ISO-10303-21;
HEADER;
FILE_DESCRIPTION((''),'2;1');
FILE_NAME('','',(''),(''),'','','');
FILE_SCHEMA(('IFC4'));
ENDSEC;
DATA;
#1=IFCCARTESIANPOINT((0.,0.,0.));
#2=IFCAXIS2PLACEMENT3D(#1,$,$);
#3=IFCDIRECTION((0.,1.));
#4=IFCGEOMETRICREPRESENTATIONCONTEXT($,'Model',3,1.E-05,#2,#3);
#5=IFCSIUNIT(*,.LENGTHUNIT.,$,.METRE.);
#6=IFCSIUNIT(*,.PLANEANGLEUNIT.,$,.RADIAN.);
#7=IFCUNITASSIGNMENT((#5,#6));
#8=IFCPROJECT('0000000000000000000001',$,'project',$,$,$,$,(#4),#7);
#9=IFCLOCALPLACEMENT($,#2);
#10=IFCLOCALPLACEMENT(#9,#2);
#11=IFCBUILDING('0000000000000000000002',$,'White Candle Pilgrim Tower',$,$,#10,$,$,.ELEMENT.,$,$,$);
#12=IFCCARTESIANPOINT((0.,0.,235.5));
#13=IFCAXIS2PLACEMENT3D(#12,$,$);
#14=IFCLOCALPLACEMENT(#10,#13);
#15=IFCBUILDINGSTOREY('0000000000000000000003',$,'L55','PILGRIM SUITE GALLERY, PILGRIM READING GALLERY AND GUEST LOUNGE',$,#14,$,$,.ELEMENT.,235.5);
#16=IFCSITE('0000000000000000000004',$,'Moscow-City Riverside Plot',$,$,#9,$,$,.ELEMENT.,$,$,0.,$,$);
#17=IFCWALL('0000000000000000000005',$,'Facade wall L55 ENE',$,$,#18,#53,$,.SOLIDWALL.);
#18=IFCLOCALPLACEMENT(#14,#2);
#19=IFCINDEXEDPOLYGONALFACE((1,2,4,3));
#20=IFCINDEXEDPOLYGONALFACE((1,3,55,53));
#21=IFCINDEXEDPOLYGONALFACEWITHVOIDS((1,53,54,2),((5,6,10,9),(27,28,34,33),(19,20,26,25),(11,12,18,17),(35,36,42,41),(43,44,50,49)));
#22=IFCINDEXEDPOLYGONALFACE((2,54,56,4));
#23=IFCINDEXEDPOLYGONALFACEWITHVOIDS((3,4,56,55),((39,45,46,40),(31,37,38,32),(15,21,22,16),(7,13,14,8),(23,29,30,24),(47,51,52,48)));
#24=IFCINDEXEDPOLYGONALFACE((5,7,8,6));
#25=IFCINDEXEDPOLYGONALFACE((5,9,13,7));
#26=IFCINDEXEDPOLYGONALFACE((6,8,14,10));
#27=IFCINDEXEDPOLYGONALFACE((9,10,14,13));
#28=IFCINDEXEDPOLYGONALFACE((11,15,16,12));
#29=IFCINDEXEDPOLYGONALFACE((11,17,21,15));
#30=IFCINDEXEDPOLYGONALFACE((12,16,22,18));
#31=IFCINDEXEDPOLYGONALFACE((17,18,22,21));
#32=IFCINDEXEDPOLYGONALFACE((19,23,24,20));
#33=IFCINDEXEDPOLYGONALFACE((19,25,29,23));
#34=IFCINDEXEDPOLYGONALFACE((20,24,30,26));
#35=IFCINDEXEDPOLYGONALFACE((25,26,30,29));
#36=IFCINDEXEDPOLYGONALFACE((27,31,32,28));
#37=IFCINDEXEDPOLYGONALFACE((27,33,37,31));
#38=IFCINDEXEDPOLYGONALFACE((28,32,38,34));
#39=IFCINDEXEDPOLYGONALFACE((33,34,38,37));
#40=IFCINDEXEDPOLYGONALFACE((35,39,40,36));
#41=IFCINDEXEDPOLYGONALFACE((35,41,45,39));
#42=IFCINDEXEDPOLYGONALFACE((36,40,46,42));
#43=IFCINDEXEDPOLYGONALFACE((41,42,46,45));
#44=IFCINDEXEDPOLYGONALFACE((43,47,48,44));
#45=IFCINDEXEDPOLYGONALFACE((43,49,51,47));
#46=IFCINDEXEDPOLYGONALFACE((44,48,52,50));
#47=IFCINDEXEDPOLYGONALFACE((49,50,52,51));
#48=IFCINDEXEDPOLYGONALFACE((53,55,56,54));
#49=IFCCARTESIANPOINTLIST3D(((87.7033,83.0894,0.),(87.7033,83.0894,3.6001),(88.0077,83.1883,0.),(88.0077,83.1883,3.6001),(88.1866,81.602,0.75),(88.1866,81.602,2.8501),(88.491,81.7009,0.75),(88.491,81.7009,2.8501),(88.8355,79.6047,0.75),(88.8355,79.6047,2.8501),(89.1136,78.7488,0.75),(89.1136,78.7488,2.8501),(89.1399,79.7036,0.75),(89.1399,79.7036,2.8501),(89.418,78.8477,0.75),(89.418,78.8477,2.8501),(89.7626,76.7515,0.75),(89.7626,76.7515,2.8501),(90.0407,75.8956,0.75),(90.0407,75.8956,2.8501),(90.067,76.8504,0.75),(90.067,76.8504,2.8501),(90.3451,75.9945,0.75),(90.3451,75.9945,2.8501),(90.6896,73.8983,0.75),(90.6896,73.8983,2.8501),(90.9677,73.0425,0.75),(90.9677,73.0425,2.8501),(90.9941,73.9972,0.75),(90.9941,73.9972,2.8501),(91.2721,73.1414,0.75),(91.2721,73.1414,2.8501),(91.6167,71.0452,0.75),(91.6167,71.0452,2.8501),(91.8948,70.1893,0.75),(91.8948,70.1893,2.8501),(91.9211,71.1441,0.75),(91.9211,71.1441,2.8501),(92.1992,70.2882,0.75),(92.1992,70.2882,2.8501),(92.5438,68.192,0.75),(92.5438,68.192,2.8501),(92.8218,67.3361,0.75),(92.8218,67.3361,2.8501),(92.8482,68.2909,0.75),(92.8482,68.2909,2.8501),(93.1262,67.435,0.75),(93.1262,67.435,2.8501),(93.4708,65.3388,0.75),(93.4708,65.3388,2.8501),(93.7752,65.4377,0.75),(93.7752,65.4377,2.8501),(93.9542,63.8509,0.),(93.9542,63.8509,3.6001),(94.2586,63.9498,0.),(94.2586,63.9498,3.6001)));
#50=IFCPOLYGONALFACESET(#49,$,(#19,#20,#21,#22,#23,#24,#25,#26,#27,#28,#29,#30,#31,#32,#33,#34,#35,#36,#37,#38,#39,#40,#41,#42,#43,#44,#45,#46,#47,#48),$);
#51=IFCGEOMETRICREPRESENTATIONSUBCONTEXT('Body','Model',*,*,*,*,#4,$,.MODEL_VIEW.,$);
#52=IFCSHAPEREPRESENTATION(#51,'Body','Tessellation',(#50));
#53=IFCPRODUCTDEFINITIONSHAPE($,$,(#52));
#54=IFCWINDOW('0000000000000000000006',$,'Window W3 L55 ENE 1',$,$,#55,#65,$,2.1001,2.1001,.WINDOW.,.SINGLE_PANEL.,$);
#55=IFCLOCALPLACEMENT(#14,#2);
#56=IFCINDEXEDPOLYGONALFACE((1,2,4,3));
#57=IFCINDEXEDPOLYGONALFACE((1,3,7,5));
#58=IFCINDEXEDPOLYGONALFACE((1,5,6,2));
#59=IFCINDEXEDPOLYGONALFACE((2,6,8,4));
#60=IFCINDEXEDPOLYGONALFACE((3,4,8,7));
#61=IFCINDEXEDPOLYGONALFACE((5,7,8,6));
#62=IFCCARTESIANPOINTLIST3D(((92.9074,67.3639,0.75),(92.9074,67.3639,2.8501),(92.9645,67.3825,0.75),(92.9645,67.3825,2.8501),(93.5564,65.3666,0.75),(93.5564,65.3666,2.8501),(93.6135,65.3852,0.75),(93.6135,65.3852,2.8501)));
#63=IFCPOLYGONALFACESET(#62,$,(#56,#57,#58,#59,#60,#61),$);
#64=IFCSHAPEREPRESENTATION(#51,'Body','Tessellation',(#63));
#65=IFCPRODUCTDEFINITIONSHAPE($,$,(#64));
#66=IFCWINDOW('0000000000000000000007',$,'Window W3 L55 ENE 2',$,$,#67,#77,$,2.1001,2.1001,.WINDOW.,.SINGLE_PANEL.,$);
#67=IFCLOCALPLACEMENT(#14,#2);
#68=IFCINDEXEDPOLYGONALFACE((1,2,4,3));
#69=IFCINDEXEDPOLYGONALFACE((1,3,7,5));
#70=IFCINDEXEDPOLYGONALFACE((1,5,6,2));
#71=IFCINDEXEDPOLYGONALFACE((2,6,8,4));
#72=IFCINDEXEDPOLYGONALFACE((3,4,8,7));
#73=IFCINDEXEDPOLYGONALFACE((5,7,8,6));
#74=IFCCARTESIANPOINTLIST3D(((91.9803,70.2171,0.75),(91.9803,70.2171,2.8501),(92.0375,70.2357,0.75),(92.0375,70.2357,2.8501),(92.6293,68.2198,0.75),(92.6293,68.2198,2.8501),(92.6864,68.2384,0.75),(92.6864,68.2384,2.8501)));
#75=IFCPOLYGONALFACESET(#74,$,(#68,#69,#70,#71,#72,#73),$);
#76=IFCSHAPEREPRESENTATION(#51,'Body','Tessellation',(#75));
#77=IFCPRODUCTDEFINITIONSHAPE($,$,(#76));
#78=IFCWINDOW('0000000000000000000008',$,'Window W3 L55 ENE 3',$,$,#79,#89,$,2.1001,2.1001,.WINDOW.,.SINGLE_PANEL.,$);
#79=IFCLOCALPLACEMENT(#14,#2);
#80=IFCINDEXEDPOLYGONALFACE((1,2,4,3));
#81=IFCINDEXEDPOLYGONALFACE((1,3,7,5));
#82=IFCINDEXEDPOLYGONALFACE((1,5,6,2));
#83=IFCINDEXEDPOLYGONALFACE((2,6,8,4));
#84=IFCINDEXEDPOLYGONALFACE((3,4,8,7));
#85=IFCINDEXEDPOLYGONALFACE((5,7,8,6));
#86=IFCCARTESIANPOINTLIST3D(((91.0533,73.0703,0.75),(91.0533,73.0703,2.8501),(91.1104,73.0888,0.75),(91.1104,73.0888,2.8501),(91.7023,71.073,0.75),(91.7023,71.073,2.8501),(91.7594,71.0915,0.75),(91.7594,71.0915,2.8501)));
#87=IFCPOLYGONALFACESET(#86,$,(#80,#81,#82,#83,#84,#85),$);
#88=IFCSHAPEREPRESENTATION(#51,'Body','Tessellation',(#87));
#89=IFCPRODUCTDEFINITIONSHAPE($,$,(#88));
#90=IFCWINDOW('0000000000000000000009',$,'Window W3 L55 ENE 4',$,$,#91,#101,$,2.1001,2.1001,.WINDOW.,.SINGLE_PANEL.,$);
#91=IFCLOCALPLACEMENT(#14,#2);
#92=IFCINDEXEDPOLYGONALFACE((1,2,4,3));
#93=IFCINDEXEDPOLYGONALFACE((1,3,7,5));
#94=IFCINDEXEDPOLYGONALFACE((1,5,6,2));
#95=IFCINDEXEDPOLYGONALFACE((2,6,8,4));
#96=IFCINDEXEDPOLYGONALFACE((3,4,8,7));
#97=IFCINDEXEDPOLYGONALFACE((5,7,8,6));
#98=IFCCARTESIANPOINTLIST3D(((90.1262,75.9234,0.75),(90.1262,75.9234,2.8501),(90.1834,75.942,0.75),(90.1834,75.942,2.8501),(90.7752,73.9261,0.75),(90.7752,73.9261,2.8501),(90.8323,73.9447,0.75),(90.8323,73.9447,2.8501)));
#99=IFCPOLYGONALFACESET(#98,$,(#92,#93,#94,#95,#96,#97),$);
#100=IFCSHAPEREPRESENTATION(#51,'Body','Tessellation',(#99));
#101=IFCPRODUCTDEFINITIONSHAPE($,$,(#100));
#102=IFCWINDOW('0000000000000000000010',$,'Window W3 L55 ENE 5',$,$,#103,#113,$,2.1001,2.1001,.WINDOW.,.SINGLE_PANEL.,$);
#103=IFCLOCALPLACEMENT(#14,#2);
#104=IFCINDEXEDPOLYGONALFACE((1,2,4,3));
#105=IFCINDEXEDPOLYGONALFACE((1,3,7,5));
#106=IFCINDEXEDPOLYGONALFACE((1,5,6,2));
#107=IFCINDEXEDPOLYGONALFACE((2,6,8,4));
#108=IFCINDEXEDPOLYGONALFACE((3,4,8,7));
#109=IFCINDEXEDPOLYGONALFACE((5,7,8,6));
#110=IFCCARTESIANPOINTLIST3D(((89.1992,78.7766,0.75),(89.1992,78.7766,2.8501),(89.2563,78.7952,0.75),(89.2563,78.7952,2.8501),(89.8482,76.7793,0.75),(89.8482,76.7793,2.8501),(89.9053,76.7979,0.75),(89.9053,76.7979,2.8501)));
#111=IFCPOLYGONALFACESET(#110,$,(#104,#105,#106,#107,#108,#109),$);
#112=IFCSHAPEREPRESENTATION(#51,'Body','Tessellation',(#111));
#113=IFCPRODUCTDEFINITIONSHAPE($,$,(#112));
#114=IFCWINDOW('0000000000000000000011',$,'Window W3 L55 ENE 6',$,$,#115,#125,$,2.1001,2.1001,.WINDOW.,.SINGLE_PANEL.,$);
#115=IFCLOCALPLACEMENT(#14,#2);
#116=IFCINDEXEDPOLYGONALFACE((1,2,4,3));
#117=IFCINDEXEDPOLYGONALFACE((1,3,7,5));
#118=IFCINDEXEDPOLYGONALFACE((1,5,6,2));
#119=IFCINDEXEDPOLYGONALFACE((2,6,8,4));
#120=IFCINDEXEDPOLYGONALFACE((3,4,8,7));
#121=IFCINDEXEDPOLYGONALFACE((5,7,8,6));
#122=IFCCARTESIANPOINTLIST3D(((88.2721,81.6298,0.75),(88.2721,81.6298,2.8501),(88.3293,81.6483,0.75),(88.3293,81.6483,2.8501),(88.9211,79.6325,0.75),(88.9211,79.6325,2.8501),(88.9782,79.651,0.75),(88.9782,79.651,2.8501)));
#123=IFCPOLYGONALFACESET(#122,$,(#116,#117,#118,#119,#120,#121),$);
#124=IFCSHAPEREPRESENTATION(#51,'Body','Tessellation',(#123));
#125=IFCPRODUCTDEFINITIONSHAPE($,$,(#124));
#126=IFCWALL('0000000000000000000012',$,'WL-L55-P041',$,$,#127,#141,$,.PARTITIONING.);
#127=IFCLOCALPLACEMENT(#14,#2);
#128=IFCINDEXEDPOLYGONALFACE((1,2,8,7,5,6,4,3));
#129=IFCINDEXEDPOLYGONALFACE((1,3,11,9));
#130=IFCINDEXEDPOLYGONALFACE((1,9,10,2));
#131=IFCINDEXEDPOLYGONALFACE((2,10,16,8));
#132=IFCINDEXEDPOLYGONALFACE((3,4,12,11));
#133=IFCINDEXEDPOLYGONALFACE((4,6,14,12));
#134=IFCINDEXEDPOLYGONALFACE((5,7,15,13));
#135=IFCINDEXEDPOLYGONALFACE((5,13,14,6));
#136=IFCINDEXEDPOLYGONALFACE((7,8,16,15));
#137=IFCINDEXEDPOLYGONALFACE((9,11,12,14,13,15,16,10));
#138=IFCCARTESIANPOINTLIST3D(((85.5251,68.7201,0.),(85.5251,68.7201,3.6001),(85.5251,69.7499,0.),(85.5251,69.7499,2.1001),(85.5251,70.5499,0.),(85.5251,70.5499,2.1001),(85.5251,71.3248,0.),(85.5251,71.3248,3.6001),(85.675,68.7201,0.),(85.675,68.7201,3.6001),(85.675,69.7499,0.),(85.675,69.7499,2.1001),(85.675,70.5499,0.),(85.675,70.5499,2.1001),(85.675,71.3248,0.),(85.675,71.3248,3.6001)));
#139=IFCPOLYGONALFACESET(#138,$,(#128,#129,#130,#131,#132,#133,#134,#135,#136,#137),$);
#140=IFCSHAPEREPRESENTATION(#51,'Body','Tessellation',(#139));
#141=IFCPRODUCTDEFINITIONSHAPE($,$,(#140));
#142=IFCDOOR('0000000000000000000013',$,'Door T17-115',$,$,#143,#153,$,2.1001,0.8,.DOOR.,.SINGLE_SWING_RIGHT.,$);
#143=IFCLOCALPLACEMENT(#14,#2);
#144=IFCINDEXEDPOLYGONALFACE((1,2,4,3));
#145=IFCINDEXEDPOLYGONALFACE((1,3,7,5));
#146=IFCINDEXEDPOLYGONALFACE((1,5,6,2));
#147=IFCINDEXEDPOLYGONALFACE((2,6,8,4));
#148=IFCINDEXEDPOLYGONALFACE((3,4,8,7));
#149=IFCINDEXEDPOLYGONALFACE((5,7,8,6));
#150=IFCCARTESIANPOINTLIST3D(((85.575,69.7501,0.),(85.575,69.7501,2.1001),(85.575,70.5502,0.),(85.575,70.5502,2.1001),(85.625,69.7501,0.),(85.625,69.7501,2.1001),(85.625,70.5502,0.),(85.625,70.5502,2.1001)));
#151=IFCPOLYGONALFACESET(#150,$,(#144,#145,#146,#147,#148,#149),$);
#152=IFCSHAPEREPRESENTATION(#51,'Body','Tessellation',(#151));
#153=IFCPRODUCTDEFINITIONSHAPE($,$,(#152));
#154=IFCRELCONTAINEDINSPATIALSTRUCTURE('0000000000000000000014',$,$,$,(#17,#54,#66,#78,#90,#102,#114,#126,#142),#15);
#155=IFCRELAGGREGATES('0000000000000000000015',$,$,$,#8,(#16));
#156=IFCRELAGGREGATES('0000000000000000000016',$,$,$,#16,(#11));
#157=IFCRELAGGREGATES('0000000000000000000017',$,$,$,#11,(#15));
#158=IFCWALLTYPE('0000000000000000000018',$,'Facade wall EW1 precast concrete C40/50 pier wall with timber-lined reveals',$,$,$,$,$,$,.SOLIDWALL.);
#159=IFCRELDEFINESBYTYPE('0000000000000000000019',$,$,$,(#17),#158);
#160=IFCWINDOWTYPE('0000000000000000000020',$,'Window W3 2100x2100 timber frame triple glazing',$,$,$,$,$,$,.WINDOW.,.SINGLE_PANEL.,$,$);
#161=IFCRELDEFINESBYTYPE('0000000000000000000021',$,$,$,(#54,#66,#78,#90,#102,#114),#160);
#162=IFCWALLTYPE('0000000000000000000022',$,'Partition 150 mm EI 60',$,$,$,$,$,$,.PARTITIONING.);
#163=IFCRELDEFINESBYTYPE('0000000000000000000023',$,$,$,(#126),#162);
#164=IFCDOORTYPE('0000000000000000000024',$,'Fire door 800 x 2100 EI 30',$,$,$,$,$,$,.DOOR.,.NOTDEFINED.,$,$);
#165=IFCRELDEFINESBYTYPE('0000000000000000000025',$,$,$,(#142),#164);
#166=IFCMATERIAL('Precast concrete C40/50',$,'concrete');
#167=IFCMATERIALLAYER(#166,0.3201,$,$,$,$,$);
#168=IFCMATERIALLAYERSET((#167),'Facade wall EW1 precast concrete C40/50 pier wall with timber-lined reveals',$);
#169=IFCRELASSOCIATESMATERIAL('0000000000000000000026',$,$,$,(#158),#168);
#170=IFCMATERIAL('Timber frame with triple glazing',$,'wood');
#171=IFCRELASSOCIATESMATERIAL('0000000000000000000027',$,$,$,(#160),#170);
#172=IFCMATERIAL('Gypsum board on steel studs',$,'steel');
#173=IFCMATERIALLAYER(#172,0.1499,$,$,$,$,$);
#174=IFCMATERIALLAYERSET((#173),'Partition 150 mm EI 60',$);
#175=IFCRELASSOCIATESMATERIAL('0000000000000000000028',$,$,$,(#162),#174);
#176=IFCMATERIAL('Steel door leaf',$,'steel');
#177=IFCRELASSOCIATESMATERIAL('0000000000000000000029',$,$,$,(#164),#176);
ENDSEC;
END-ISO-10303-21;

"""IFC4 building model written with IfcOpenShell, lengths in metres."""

from ifc_helpers import new_model, si_unit, direction, frame, frame_2d, origin, place, context, subcontext, project, spatial, rectangle, extrude, material, layer, layer_set, type_object, element, fill, save


model = new_model("IFC4")

# Units and contexts
model_context = context("Model", 3, precision=1e-05, world=origin(), true_north=direction((0.0, 1.0)))
body_context = subcontext(model_context, "Body", "Model", "MODEL_VIEW")
ifc_project = project(units=[si_unit("LENGTHUNIT", "METRE"), si_unit("PLANEANGLEUNIT", "RADIAN")], contexts=[model_context])

# Site, building, storey
site_placement = place(None, origin())
site = spatial("IfcSite", under=ifc_project, at=site_placement, Name="Moscow-City Riverside Plot", CompositionType="ELEMENT", RefElevation=0.0)
building_placement = place(site_placement, origin())
building = spatial("IfcBuilding", under=site, at=building_placement, Name="White Candle Pilgrim Tower", CompositionType="ELEMENT")
storey_placement = place(building_placement, frame((0.0, 0.0, 235.5)))
storey = spatial("IfcBuildingStorey", under=building, at=storey_placement, Name="L55", Description="PILGRIM SUITE GALLERY, PILGRIM READING GALLERY AND GUEST LOUNGE", CompositionType="ELEMENT", Elevation=235.5)

# Shared definitions
ifc_material_1 = material(Name="Gypsum board on steel studs", Category="steel")
ifc_material_2 = material(Name="Steel door leaf", Category="steel")

# Wall, openings, windows
ifc_material_3 = material(Name="Precast concrete C40/50", Category="concrete")
ifc_layer_1 = layer(ifc_material_3, 0.3201)
ifc_layer_set_1 = layer_set([ifc_layer_1], Name="Facade wall EW1 precast concrete C40/50 pier wall with timber-lined reveals")
wall_type_1 = type_object("IfcWallType", Name="Facade wall EW1 precast concrete C40/50 pier wall with timber-lined reveals", PredefinedType="SOLIDWALL", material=ifc_layer_set_1)
wall_1_placement = place(storey_placement, frame((94.1064, 63.9004, 0.0), z_axis=(0.0, 0.0, 1.0), x_axis=(-0.309017, 0.951057, 0.0)))
wall_1 = element("IfcWall", 1, at=wall_1_placement, inside=storey, type_object=wall_type_1, Name="Facade wall L55 ENE", PredefinedType="SOLIDWALL", context=body_context, shape_type="SweptSolid", body=[
    extrude(rectangle(XDim=20.2285, YDim=0.3201, at=frame_2d((10.1143, 0.0))), origin(), (0.0, 0.0, 1.0), 3.6001),
])
opening_1_placement = place(wall_1_placement, frame((1.5645, 0.0, 0.75)))
opening_1 = element("IfcOpeningElement", 2, at=opening_1_placement, cuts=wall_1, PredefinedType="OPENING", context=body_context, shape_type="SweptSolid", body=[
    extrude(rectangle(XDim=2.1001, YDim=2.1001, at=frame_2d((1.05, 1.05))), frame((0.0, 0.1699, 0.0), z_axis=(0.0, -1.0, 0.0), x_axis=(1.0, 0.0, 0.0)), (0.0, 0.0, 1.0), 0.3401),
])
opening_2_placement = place(wall_1_placement, frame((4.5645, 0.0, 0.75)))
opening_2 = element("IfcOpeningElement", 3, at=opening_2_placement, cuts=wall_1, PredefinedType="OPENING", context=body_context, shape_type="SweptSolid", body=[
    extrude(rectangle(XDim=2.1001, YDim=2.1001, at=frame_2d((1.05, 1.05))), frame((0.0, 0.1699, 0.0), z_axis=(0.0, -1.0, 0.0), x_axis=(1.0, 0.0, 0.0)), (0.0, 0.0, 1.0), 0.3401),
])
opening_3_placement = place(wall_1_placement, frame((7.5645, 0.0, 0.75)))
opening_3 = element("IfcOpeningElement", 4, at=opening_3_placement, cuts=wall_1, PredefinedType="OPENING", context=body_context, shape_type="SweptSolid", body=[
    extrude(rectangle(XDim=2.1001, YDim=2.1001, at=frame_2d((1.05, 1.05))), frame((0.0, 0.1699, 0.0), z_axis=(0.0, -1.0, 0.0), x_axis=(1.0, 0.0, 0.0)), (0.0, 0.0, 1.0), 0.3401),
])
opening_4_placement = place(wall_1_placement, frame((10.5645, 0.0, 0.75)))
opening_4 = element("IfcOpeningElement", 5, at=opening_4_placement, cuts=wall_1, PredefinedType="OPENING", context=body_context, shape_type="SweptSolid", body=[
    extrude(rectangle(XDim=2.1001, YDim=2.1001, at=frame_2d((1.05, 1.05))), frame((0.0, 0.1699, 0.0), z_axis=(0.0, -1.0, 0.0), x_axis=(1.0, 0.0, 0.0)), (0.0, 0.0, 1.0), 0.3401),
])
opening_5_placement = place(wall_1_placement, frame((13.5645, 0.0, 0.75)))
opening_5 = element("IfcOpeningElement", 6, at=opening_5_placement, cuts=wall_1, PredefinedType="OPENING", context=body_context, shape_type="SweptSolid", body=[
    extrude(rectangle(XDim=2.1001, YDim=2.1001, at=frame_2d((1.05, 1.05))), frame((0.0, 0.1699, 0.0), z_axis=(0.0, -1.0, 0.0), x_axis=(1.0, 0.0, 0.0)), (0.0, 0.0, 1.0), 0.3401),
])
opening_6_placement = place(wall_1_placement, frame((16.5645, 0.0, 0.75)))
opening_6 = element("IfcOpeningElement", 7, at=opening_6_placement, cuts=wall_1, PredefinedType="OPENING", context=body_context, shape_type="SweptSolid", body=[
    extrude(rectangle(XDim=2.1001, YDim=2.1001, at=frame_2d((1.05, 1.05))), frame((0.0, 0.1699, 0.0), z_axis=(0.0, -1.0, 0.0), x_axis=(1.0, 0.0, 0.0)), (0.0, 0.0, 1.0), 0.3401),
])
ifc_material_4 = material(Name="Timber frame with triple glazing", Category="wood")
window_type = type_object("IfcWindowType", Name="Window W3 2100x2100 timber frame triple glazing", PartitioningType="SINGLE_PANEL", PredefinedType="WINDOW", material=ifc_material_4)
window_1_placement = place(opening_1_placement, origin())
window_1 = element("IfcWindow", 8, at=window_1_placement, inside=storey, type_object=window_type, Name="Window W3 L55 ENE 1", OverallHeight=2.1001, OverallWidth=2.1001, PartitioningType="SINGLE_PANEL", PredefinedType="WINDOW", context=body_context, shape_type="SweptSolid", body=[
    extrude(rectangle(XDim=2.1001, YDim=2.1001, at=frame_2d((1.05, 1.05))), frame((0.0, 0.0701, 0.0), z_axis=(0.0, -1.0, 0.0), x_axis=(1.0, 0.0, 0.0)), (0.0, 0.0, 1.0), 0.0601),
])
fill(opening_1, window_1)
window_2_placement = place(opening_2_placement, origin())
window_2 = element("IfcWindow", 9, at=window_2_placement, inside=storey, type_object=window_type, Name="Window W3 L55 ENE 2", OverallHeight=2.1001, OverallWidth=2.1001, PartitioningType="SINGLE_PANEL", PredefinedType="WINDOW", context=body_context, shape_type="SweptSolid", body=[
    extrude(rectangle(XDim=2.1001, YDim=2.1001, at=frame_2d((1.05, 1.05))), frame((0.0, 0.0701, 0.0), z_axis=(0.0, -1.0, 0.0), x_axis=(1.0, 0.0, 0.0)), (0.0, 0.0, 1.0), 0.0601),
])
fill(opening_2, window_2)
window_3_placement = place(opening_3_placement, origin())
window_3 = element("IfcWindow", 10, at=window_3_placement, inside=storey, type_object=window_type, Name="Window W3 L55 ENE 3", OverallHeight=2.1001, OverallWidth=2.1001, PartitioningType="SINGLE_PANEL", PredefinedType="WINDOW", context=body_context, shape_type="SweptSolid", body=[
    extrude(rectangle(XDim=2.1001, YDim=2.1001, at=frame_2d((1.05, 1.05))), frame((0.0, 0.0701, 0.0), z_axis=(0.0, -1.0, 0.0), x_axis=(1.0, 0.0, 0.0)), (0.0, 0.0, 1.0), 0.0601),
])
fill(opening_3, window_3)
window_4_placement = place(opening_4_placement, origin())
window_4 = element("IfcWindow", 11, at=window_4_placement, inside=storey, type_object=window_type, Name="Window W3 L55 ENE 4", OverallHeight=2.1001, OverallWidth=2.1001, PartitioningType="SINGLE_PANEL", PredefinedType="WINDOW", context=body_context, shape_type="SweptSolid", body=[
    extrude(rectangle(XDim=2.1001, YDim=2.1001, at=frame_2d((1.05, 1.05))), frame((0.0, 0.0701, 0.0), z_axis=(0.0, -1.0, 0.0), x_axis=(1.0, 0.0, 0.0)), (0.0, 0.0, 1.0), 0.0601),
])
fill(opening_4, window_4)
window_5_placement = place(opening_5_placement, origin())
window_5 = element("IfcWindow", 12, at=window_5_placement, inside=storey, type_object=window_type, Name="Window W3 L55 ENE 5", OverallHeight=2.1001, OverallWidth=2.1001, PartitioningType="SINGLE_PANEL", PredefinedType="WINDOW", context=body_context, shape_type="SweptSolid", body=[
    extrude(rectangle(XDim=2.1001, YDim=2.1001, at=frame_2d((1.05, 1.05))), frame((0.0, 0.0701, 0.0), z_axis=(0.0, -1.0, 0.0), x_axis=(1.0, 0.0, 0.0)), (0.0, 0.0, 1.0), 0.0601),
])
fill(opening_5, window_5)
window_6_placement = place(opening_6_placement, origin())
window_6 = element("IfcWindow", 13, at=window_6_placement, inside=storey, type_object=window_type, Name="Window W3 L55 ENE 6", OverallHeight=2.1001, OverallWidth=2.1001, PartitioningType="SINGLE_PANEL", PredefinedType="WINDOW", context=body_context, shape_type="SweptSolid", body=[
    extrude(rectangle(XDim=2.1001, YDim=2.1001, at=frame_2d((1.05, 1.05))), frame((0.0, 0.0701, 0.0), z_axis=(0.0, -1.0, 0.0), x_axis=(1.0, 0.0, 0.0)), (0.0, 0.0, 1.0), 0.0601),
])
fill(opening_6, window_6)

# Wall, opening, door
ifc_layer_2 = layer(ifc_material_1, 0.1499)
ifc_layer_set_2 = layer_set([ifc_layer_2], Name="Partition 150 mm EI 60")
wall_type_2 = type_object("IfcWallType", Name="Partition 150 mm EI 60", PredefinedType="PARTITIONING", material=ifc_layer_set_2)
wall_2_placement = place(storey_placement, frame((85.6001, 68.7202, 0.0), z_axis=(0.0, 0.0, 1.0), x_axis=(0.0, 1.0, 0.0)))
wall_2 = element("IfcWall", 14, at=wall_2_placement, inside=storey, type_object=wall_type_2, Name="WL-L55-P041", PredefinedType="PARTITIONING", context=body_context, shape_type="SweptSolid", body=[
    extrude(rectangle(XDim=2.6047, YDim=0.1499, at=frame_2d((1.3022, 0.0))), origin(), (0.0, 0.0, 1.0), 3.6001),
])
opening_7_placement = place(wall_2_placement, frame((1.0298, 0.0, 0.0)))
opening_7 = element("IfcOpeningElement", 15, at=opening_7_placement, cuts=wall_2, PredefinedType="OPENING", context=body_context, shape_type="SweptSolid", body=[
    extrude(rectangle(XDim=0.8, YDim=2.1001, at=frame_2d((0.3999, 1.05))), frame((0.0, 0.085, 0.0), z_axis=(0.0, -1.0, 0.0), x_axis=(1.0, 0.0, 0.0)), (0.0, 0.0, 1.0), 0.1699),
])
door_type_1 = type_object("IfcDoorType", Name="Fire door 800 x 2100 EI 30", OperationType="NOTDEFINED", PredefinedType="DOOR", material=ifc_material_2)
door_1_placement = place(opening_7_placement, frame((0.8, 0.0, 0.0), z_axis=(0.0, 0.0, 1.0), x_axis=(-1.0, 0.0, 0.0)))
door_1 = element("IfcDoor", 16, at=door_1_placement, inside=storey, type_object=door_type_1, Name="Door T17-115", OperationType="SINGLE_SWING_RIGHT", OverallHeight=2.1001, OverallWidth=0.8, PredefinedType="DOOR", context=body_context, shape_type="SweptSolid", body=[
    extrude(rectangle(XDim=0.8, YDim=2.1001, at=frame_2d((0.3999, 1.05))), frame((0.0, 0.0249, 0.0), z_axis=(0.0, -1.0, 0.0), x_axis=(1.0, 0.0, 0.0)), (0.0, 0.0, 1.0), 0.05),
])
fill(opening_7, door_1)

save(model, "model.ifc")
